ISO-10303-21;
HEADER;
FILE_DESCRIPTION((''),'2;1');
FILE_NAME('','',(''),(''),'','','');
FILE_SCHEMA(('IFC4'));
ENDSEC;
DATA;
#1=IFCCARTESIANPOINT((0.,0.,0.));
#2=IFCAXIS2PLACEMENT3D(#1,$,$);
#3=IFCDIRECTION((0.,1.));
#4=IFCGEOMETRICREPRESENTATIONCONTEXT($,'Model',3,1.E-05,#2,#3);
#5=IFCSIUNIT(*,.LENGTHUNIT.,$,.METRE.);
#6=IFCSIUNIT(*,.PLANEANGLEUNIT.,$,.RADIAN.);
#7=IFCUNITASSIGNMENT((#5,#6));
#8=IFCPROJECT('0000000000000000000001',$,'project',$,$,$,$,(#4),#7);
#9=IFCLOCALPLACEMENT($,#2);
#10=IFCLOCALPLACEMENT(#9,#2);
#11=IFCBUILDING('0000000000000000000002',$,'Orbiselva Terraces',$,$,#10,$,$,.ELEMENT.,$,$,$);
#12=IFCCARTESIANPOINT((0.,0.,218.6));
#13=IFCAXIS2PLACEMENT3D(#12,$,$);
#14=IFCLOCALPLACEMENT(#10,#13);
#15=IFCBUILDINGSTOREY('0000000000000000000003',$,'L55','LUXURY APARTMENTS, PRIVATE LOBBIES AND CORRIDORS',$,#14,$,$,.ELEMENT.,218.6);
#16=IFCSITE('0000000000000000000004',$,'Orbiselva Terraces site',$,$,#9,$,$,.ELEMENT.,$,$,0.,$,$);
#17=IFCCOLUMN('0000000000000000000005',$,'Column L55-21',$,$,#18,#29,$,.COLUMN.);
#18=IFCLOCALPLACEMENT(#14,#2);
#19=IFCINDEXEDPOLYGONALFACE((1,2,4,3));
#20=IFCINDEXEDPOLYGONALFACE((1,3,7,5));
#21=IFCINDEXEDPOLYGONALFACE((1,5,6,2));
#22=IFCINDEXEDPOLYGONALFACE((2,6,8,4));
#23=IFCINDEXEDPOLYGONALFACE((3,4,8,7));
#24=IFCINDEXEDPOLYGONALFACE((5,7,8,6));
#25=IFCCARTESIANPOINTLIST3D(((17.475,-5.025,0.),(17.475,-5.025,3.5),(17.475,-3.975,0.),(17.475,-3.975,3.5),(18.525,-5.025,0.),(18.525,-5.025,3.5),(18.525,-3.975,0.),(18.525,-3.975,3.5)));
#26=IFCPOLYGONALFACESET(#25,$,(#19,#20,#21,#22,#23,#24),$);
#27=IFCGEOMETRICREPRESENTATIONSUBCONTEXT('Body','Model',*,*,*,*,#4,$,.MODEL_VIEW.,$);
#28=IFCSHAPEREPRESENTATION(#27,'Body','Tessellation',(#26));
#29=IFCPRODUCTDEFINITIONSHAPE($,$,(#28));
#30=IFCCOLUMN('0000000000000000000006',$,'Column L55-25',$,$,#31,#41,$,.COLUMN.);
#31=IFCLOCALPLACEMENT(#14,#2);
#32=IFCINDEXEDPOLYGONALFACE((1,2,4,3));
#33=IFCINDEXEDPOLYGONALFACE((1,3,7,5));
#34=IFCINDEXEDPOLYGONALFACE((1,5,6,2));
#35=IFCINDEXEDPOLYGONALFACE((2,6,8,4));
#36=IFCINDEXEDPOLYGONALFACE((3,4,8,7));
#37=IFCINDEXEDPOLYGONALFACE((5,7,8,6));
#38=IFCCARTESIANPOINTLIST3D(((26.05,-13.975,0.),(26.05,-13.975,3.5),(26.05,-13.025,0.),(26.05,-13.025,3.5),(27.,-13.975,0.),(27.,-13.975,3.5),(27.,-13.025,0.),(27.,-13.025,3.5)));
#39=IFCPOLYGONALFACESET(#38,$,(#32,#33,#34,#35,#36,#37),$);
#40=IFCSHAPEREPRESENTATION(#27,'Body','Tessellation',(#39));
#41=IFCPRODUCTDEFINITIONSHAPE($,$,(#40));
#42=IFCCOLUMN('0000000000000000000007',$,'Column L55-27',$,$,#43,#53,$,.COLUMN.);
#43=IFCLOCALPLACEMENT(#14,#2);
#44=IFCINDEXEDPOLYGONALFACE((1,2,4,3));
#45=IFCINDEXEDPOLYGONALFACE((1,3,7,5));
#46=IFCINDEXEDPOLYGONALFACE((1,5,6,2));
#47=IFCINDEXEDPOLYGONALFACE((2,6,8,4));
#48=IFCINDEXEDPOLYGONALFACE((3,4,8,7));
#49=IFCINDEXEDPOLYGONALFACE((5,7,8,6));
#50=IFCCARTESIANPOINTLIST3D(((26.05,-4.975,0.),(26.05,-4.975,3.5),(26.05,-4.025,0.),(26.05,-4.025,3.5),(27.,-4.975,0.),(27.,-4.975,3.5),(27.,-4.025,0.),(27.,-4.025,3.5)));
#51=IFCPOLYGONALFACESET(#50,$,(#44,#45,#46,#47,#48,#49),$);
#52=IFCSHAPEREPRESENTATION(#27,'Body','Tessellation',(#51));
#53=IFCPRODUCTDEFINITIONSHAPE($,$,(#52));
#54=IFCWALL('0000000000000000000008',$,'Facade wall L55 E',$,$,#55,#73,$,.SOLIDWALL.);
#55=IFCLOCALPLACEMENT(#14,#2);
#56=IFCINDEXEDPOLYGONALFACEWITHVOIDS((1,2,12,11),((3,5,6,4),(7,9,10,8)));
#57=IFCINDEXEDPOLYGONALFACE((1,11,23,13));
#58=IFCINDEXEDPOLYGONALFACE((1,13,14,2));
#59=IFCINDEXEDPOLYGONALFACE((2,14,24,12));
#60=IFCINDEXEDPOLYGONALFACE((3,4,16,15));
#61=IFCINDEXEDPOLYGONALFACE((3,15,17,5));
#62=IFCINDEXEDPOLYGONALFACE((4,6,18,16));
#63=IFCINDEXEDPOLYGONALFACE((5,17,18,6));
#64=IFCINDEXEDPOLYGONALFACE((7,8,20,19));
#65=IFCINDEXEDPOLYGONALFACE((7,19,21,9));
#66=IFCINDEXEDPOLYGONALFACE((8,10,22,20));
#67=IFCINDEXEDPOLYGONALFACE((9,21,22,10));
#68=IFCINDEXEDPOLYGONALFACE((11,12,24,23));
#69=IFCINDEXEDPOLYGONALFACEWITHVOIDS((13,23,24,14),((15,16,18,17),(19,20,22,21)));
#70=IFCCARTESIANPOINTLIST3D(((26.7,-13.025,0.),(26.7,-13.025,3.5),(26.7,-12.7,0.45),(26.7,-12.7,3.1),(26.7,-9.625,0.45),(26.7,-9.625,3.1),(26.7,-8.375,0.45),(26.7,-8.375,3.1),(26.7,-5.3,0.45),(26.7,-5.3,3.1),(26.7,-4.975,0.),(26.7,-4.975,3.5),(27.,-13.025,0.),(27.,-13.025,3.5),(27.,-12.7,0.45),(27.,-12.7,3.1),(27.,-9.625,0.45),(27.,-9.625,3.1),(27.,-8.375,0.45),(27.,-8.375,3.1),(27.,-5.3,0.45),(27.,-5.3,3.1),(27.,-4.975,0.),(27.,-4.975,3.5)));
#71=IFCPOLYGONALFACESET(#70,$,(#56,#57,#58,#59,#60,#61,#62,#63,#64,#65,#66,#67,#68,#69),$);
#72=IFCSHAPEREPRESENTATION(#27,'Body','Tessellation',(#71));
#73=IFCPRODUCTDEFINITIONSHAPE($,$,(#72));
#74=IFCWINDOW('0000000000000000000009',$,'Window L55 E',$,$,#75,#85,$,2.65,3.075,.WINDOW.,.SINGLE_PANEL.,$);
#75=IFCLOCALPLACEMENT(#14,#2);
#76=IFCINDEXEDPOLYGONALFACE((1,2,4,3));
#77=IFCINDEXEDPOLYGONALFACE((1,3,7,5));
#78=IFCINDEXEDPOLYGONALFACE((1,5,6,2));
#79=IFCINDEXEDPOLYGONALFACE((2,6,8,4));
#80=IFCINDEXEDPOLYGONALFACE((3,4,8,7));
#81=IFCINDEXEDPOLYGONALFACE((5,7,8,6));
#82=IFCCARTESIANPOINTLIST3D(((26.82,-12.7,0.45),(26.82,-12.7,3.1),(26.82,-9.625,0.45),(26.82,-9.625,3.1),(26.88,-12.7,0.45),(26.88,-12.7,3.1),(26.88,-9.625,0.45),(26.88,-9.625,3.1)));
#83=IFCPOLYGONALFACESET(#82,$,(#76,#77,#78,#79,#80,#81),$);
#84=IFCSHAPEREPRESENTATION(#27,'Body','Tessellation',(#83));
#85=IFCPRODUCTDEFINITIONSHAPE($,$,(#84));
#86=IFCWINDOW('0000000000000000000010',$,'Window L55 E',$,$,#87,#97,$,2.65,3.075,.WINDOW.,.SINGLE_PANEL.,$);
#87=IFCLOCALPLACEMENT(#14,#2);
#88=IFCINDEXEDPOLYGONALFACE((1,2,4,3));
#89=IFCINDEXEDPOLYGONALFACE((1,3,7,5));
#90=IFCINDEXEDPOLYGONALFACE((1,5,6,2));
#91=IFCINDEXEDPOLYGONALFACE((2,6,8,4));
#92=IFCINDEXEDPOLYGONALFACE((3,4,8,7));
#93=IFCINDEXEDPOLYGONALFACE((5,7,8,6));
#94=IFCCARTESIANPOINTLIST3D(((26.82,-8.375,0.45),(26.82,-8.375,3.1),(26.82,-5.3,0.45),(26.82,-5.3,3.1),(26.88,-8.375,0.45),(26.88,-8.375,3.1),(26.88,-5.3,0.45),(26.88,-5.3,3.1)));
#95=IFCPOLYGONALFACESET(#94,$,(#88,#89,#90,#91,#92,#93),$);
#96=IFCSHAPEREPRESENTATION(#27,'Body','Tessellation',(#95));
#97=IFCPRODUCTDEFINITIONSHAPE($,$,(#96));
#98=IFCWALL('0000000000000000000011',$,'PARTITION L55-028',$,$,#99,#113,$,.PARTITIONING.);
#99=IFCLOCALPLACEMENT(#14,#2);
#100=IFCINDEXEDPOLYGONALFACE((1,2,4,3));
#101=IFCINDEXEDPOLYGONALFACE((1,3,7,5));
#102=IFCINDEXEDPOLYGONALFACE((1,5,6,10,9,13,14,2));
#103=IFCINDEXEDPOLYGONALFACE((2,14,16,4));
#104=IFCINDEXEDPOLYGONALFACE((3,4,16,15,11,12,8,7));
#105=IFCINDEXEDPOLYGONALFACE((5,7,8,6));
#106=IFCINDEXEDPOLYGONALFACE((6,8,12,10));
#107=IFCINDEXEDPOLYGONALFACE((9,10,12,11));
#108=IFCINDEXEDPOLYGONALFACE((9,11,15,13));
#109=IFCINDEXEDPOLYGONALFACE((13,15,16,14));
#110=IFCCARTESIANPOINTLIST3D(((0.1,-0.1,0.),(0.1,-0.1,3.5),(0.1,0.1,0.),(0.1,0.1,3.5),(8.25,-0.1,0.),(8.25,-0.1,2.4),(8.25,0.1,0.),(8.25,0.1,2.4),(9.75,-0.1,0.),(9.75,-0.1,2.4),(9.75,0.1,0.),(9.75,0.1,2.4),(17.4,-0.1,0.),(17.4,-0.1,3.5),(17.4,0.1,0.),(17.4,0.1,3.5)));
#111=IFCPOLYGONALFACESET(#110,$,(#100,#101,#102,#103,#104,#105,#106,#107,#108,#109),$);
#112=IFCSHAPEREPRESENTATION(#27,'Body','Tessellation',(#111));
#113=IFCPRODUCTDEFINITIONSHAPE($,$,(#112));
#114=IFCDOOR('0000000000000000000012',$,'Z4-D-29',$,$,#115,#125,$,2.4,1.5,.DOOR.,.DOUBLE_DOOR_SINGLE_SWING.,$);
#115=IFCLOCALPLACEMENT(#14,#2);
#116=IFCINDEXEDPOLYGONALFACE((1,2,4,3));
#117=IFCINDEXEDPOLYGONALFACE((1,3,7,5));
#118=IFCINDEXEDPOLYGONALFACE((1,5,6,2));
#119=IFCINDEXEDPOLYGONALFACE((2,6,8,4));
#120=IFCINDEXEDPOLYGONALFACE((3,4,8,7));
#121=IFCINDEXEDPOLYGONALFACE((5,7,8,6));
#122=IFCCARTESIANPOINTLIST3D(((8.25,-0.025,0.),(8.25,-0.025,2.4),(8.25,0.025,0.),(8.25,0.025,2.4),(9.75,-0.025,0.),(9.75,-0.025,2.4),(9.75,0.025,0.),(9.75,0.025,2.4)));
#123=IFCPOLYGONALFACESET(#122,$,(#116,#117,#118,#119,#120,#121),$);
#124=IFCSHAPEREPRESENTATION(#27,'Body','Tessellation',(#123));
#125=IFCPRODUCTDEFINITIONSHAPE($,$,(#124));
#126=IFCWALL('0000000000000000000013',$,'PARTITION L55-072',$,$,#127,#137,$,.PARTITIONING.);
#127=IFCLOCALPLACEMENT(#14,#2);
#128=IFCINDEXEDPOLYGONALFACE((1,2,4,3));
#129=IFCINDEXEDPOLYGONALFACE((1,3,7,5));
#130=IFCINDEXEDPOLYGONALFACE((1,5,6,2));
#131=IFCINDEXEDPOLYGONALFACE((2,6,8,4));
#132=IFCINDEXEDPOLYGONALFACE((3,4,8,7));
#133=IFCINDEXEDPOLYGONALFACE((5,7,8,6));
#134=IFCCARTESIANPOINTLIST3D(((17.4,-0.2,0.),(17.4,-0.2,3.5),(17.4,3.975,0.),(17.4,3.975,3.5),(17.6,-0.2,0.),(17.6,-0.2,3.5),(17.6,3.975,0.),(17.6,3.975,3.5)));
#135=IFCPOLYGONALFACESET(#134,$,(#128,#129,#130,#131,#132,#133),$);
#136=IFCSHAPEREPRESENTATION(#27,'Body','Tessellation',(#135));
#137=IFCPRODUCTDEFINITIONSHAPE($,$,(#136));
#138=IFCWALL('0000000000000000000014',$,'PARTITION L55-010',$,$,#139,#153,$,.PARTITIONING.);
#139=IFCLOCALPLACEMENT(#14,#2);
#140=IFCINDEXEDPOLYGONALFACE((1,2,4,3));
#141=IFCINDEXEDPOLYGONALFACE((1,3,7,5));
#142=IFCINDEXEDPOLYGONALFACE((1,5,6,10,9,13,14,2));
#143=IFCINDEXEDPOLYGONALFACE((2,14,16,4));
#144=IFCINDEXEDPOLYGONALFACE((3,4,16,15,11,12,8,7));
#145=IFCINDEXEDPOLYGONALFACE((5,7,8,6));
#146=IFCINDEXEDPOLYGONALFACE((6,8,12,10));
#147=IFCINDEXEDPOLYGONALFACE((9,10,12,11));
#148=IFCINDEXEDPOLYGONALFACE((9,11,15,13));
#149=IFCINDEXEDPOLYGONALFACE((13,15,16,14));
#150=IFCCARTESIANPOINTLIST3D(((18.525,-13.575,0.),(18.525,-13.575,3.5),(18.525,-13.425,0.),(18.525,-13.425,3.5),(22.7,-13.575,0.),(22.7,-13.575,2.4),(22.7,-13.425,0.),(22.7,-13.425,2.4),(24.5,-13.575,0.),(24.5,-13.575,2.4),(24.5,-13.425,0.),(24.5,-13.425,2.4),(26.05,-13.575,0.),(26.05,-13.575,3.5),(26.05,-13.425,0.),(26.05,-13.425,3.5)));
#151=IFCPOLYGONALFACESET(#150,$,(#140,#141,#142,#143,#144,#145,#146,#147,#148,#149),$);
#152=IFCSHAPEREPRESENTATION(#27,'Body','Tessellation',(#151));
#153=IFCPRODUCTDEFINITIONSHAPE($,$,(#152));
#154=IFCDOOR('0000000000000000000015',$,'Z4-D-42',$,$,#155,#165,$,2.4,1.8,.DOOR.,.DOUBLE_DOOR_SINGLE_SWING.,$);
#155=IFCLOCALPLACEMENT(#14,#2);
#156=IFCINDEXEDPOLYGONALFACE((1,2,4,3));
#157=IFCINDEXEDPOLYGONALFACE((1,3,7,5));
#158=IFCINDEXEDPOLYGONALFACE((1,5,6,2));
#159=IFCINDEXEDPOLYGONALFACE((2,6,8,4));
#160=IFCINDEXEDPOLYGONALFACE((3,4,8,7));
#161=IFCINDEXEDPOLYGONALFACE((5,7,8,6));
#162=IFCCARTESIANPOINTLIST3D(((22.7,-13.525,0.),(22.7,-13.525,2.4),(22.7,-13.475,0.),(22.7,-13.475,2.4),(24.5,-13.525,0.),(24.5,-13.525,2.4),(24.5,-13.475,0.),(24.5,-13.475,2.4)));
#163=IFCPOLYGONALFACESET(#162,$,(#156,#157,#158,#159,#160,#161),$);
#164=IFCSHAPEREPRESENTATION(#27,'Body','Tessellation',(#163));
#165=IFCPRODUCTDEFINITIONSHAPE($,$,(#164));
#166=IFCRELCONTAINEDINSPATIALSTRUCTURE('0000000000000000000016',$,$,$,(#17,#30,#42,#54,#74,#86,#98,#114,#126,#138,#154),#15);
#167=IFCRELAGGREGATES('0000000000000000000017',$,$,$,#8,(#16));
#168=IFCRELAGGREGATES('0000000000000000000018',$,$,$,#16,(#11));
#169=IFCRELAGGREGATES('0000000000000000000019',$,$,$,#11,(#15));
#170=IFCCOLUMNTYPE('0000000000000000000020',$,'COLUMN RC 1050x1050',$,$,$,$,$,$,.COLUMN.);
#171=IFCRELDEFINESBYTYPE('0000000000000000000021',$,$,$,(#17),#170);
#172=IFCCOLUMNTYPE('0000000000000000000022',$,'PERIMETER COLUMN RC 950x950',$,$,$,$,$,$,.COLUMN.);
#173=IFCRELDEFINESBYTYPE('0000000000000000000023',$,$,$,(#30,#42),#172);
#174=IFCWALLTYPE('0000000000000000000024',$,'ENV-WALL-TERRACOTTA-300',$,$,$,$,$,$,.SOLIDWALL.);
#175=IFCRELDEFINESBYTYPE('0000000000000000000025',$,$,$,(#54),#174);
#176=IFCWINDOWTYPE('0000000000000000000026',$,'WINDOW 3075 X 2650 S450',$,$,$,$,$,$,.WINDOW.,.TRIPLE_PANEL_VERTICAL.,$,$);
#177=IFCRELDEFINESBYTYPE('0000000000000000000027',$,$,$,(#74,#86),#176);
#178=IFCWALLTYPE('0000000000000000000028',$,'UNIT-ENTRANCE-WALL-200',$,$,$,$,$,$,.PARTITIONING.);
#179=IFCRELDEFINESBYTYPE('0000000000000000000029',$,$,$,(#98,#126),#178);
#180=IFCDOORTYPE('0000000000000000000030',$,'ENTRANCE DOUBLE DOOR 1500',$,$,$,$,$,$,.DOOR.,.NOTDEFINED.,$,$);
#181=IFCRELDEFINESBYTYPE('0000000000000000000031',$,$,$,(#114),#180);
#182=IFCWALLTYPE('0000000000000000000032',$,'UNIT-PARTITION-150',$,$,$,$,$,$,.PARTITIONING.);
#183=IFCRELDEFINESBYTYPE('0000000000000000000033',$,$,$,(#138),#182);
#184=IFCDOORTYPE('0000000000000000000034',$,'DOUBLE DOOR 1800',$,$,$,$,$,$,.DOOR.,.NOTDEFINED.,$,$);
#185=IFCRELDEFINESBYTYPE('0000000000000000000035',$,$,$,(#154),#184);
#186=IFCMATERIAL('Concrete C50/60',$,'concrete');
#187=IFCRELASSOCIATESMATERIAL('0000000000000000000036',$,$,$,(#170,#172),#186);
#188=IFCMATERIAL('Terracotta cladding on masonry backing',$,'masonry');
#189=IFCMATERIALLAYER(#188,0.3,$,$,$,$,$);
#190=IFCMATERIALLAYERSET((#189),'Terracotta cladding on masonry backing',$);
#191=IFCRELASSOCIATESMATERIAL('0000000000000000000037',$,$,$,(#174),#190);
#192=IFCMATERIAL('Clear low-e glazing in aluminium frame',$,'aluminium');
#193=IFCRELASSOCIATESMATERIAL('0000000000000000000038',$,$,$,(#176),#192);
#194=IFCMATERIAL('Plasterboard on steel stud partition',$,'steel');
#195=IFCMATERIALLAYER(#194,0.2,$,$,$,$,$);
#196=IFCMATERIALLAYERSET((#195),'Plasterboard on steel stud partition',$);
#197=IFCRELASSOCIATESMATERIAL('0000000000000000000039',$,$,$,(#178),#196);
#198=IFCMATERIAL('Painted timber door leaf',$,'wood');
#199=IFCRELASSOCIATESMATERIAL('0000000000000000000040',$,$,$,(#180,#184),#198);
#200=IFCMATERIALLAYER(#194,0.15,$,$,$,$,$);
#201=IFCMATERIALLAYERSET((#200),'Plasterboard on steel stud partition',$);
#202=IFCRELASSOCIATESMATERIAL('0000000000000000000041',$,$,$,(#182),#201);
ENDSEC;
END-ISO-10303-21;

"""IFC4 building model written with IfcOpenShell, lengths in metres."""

from ifc_helpers import new_model, si_unit, direction, frame, frame_2d, origin, origin_2d, place, context, subcontext, project, spatial, rectangle, extrude, material, layer, layer_set, material_profile, profile_set, type_object, element, fill, save


model = new_model("IFC4")

# Units and contexts
model_context = context("Model", 3, precision=1e-05, world=origin(), true_north=direction((0.0, 1.0)))
body_context = subcontext(model_context, "Body", "Model", "MODEL_VIEW")
ifc_project = project(units=[si_unit("LENGTHUNIT", "METRE"), si_unit("PLANEANGLEUNIT", "RADIAN")], contexts=[model_context])

# Site, building, storey
site_placement = place(None, origin())
site = spatial("IfcSite", under=ifc_project, at=site_placement, Name="Orbiselva Terraces site", CompositionType="ELEMENT", RefElevation=0.0)
building_placement = place(site_placement, origin())
building = spatial("IfcBuilding", under=site, at=building_placement, Name="Orbiselva Terraces", CompositionType="ELEMENT")
storey_placement = place(building_placement, frame((0.0, 0.0, 218.6)))
storey = spatial("IfcBuildingStorey", under=building, at=storey_placement, Name="L55", Description="LUXURY APARTMENTS, PRIVATE LOBBIES AND CORRIDORS", CompositionType="ELEMENT", Elevation=218.6)

# Columns
ifc_material_1 = material(Name="Concrete C50/60", Category="concrete")
ifc_material_profile_1 = material_profile(ifc_material_1, rectangle(XDim=1.05, YDim=1.05, at=origin_2d()), Name="RC 1050x1050")
ifc_profile_set_1 = profile_set([ifc_material_profile_1], Name="Concrete C50/60")
column_type_1 = type_object("IfcColumnType", Name="COLUMN RC 1050x1050", PredefinedType="COLUMN", material=ifc_profile_set_1)
column_placement = place(storey_placement, frame((18.0, -4.5, 0.0), z_axis=(0.0, 0.0, 1.0), x_axis=(1.0, 0.0, 0.0)))
element("IfcColumn", 1, at=column_placement, inside=storey, type_object=column_type_1, Name="Column L55-21", PredefinedType="COLUMN", context=body_context, shape_type="SweptSolid", body=[
    extrude(rectangle(XDim=1.05, YDim=1.05, at=origin_2d()), origin(), (0.0, 0.0, 1.0), 3.5),
])
ifc_material_profile_2 = material_profile(ifc_material_1, rectangle(XDim=0.95, YDim=0.95, at=origin_2d()), Name="RC 950x950")
ifc_profile_set_2 = profile_set([ifc_material_profile_2], Name="Concrete C50/60")
column_type_2 = type_object("IfcColumnType", Name="PERIMETER COLUMN RC 950x950", PredefinedType="COLUMN", material=ifc_profile_set_2)
for number, where, z_axis, x_axis, name in (
    (2, (26.525, -13.5, 0.0), (0.0, 0.0, 1.0), (1.0, 0.0, 0.0), "Column L55-25"),
    (3, (26.525, -4.5, 0.0), (0.0, 0.0, 1.0), (1.0, 0.0, 0.0), "Column L55-27"),
):
    element("IfcColumn", number, at=place(storey_placement, frame(where, z_axis=z_axis, x_axis=x_axis)), inside=storey, type_object=column_type_2, Name=name, PredefinedType="COLUMN", context=body_context, shape_type="SweptSolid", body=[
        extrude(rectangle(XDim=0.95, YDim=0.95, at=origin_2d()), origin(), (0.0, 0.0, 1.0), 3.5),
    ])

# Wall, openings, windows
ifc_material_2 = material(Name="Terracotta cladding on masonry backing", Category="masonry")
ifc_layer_1 = layer(ifc_material_2, 0.3)
ifc_layer_set_1 = layer_set([ifc_layer_1], Name="Terracotta cladding on masonry backing")
wall_type_1 = type_object("IfcWallType", Name="ENV-WALL-TERRACOTTA-300", PredefinedType="SOLIDWALL", material=ifc_layer_set_1)
wall_1_placement = place(storey_placement, frame((26.85, -4.975, 0.0), z_axis=(0.0, 0.0, 1.0), x_axis=(0.0, -1.0, 0.0)))
wall_1 = element("IfcWall", 4, at=wall_1_placement, inside=storey, type_object=wall_type_1, Name="Facade wall L55 E", PredefinedType="SOLIDWALL", context=body_context, shape_type="SweptSolid", body=[
    extrude(rectangle(XDim=8.05, YDim=0.3, at=frame_2d((4.025, 0.0))), origin(), (0.0, 0.0, 1.0), 3.5),
])
opening_1_placement = place(wall_1_placement, frame((4.65, 0.0, 0.45)))
opening_1 = element("IfcOpeningElement", 5, at=opening_1_placement, cuts=wall_1, PredefinedType="OPENING", context=body_context, shape_type="SweptSolid", body=[
    extrude(rectangle(XDim=3.075, YDim=2.65, at=frame_2d((1.5375, 1.325))), frame((0.0, 0.16, 0.0), z_axis=(0.0, -1.0, 0.0), x_axis=(1.0, 0.0, 0.0)), (0.0, 0.0, 1.0), 0.32),
])
opening_2_placement = place(wall_1_placement, frame((0.325, 0.0, 0.45)))
opening_2 = element("IfcOpeningElement", 6, at=opening_2_placement, cuts=wall_1, PredefinedType="OPENING", context=body_context, shape_type="SweptSolid", body=[
    extrude(rectangle(XDim=3.075, YDim=2.65, at=frame_2d((1.5375, 1.325))), frame((0.0, 0.16, 0.0), z_axis=(0.0, -1.0, 0.0), x_axis=(1.0, 0.0, 0.0)), (0.0, 0.0, 1.0), 0.32),
])
ifc_material_3 = material(Name="Clear low-e glazing in aluminium frame", Category="aluminium")
window_type = type_object("IfcWindowType", Name="WINDOW 3075 X 2650 S450", PartitioningType="TRIPLE_PANEL_VERTICAL", PredefinedType="WINDOW", material=ifc_material_3)
window_1_placement = place(opening_1_placement, origin())
window_1 = element("IfcWindow", 7, at=window_1_placement, inside=storey, type_object=window_type, Name="Window L55 E", OverallHeight=2.65, OverallWidth=3.075, PartitioningType="SINGLE_PANEL", PredefinedType="WINDOW", context=body_context, shape_type="SweptSolid", body=[
    extrude(rectangle(XDim=3.075, YDim=2.65, at=frame_2d((1.5375, 1.325))), frame((0.0, 0.03, 0.0), z_axis=(0.0, -1.0, 0.0), x_axis=(1.0, 0.0, 0.0)), (0.0, 0.0, 1.0), 0.06),
])
fill(opening_1, window_1)
window_2_placement = place(opening_2_placement, origin())
window_2 = element("IfcWindow", 8, at=window_2_placement, inside=storey, type_object=window_type, Name="Window L55 E", OverallHeight=2.65, OverallWidth=3.075, PartitioningType="SINGLE_PANEL", PredefinedType="WINDOW", context=body_context, shape_type="SweptSolid", body=[
    extrude(rectangle(XDim=3.075, YDim=2.65, at=frame_2d((1.5375, 1.325))), frame((0.0, 0.03, 0.0), z_axis=(0.0, -1.0, 0.0), x_axis=(1.0, 0.0, 0.0)), (0.0, 0.0, 1.0), 0.06),
])
fill(opening_2, window_2)

# Wall, opening, door
ifc_material_4 = material(Name="Plasterboard on steel stud partition", Category="steel")
ifc_layer_2 = layer(ifc_material_4, 0.2)
ifc_layer_set_2 = layer_set([ifc_layer_2], Name="Plasterboard on steel stud partition")
wall_type_2 = type_object("IfcWallType", Name="UNIT-ENTRANCE-WALL-200", PredefinedType="PARTITIONING", material=ifc_layer_set_2)
wall_2_placement = place(storey_placement, frame((17.4, 0.0, 0.0), z_axis=(0.0, 0.0, 1.0), x_axis=(-1.0, 0.0, 0.0)))
wall_2 = element("IfcWall", 9, at=wall_2_placement, inside=storey, type_object=wall_type_2, Name="PARTITION L55-028", PredefinedType="PARTITIONING", context=body_context, shape_type="SweptSolid", body=[
    extrude(rectangle(XDim=17.3, YDim=0.2, at=frame_2d((8.65, 0.0))), origin(), (0.0, 0.0, 1.0), 3.5),
])
opening_3_placement = place(wall_2_placement, frame((7.65, 0.0, 0.0)))
opening_3 = element("IfcOpeningElement", 10, at=opening_3_placement, cuts=wall_2, PredefinedType="OPENING", context=body_context, shape_type="SweptSolid", body=[
    extrude(rectangle(XDim=1.5, YDim=2.4, at=frame_2d((0.75, 1.2))), frame((0.0, 0.11, 0.0), z_axis=(0.0, -1.0, 0.0), x_axis=(1.0, 0.0, 0.0)), (0.0, 0.0, 1.0), 0.22),
])
ifc_material_5 = material(Name="Painted timber door leaf", Category="wood")
door_type_1 = type_object("IfcDoorType", Name="ENTRANCE DOUBLE DOOR 1500", OperationType="NOTDEFINED", PredefinedType="DOOR", material=ifc_material_5)
door_1_placement = place(opening_3_placement, origin())
door_1 = element("IfcDoor", 11, at=door_1_placement, inside=storey, type_object=door_type_1, Name="Z4-D-29", OperationType="DOUBLE_DOOR_SINGLE_SWING", OverallHeight=2.4, OverallWidth=1.5, PredefinedType="DOOR", context=body_context, shape_type="SweptSolid", body=[
    extrude(rectangle(XDim=1.5, YDim=2.4, at=frame_2d((0.75, 1.2))), frame((0.0, 0.025, 0.0), z_axis=(0.0, -1.0, 0.0), x_axis=(1.0, 0.0, 0.0)), (0.0, 0.0, 1.0), 0.05),
])
fill(opening_3, door_1)

# Wall
wall_3_placement = place(storey_placement, frame((17.5, -0.2, 0.0), z_axis=(0.0, 0.0, 1.0), x_axis=(0.0, 1.0, 0.0)))
element("IfcWall", 12, at=wall_3_placement, inside=storey, type_object=wall_type_2, Name="PARTITION L55-072", PredefinedType="PARTITIONING", context=body_context, shape_type="SweptSolid", body=[
    extrude(rectangle(XDim=4.175, YDim=0.2, at=frame_2d((2.0875, 0.0))), origin(), (0.0, 0.0, 1.0), 3.5),
])

# Wall, opening, door
ifc_layer_3 = layer(ifc_material_4, 0.15)
ifc_layer_set_3 = layer_set([ifc_layer_3], Name="Plasterboard on steel stud partition")
wall_type_3 = type_object("IfcWallType", Name="UNIT-PARTITION-150", PredefinedType="PARTITIONING", material=ifc_layer_set_3)
wall_4_placement = place(storey_placement, frame((26.05, -13.5, 0.0), z_axis=(0.0, 0.0, 1.0), x_axis=(-1.0, 0.0, 0.0)))
wall_4 = element("IfcWall", 13, at=wall_4_placement, inside=storey, type_object=wall_type_3, Name="PARTITION L55-010", PredefinedType="PARTITIONING", context=body_context, shape_type="SweptSolid", body=[
    extrude(rectangle(XDim=7.525, YDim=0.15, at=frame_2d((3.7625, 0.0))), origin(), (0.0, 0.0, 1.0), 3.5),
])
opening_4_placement = place(wall_4_placement, frame((1.55, 0.0, 0.0)))
opening_4 = element("IfcOpeningElement", 14, at=opening_4_placement, cuts=wall_4, PredefinedType="OPENING", context=body_context, shape_type="SweptSolid", body=[
    extrude(rectangle(XDim=1.8, YDim=2.4, at=frame_2d((0.9, 1.2))), frame((0.0, 0.085, 0.0), z_axis=(0.0, -1.0, 0.0), x_axis=(1.0, 0.0, 0.0)), (0.0, 0.0, 1.0), 0.17),
])
door_type_2 = type_object("IfcDoorType", Name="DOUBLE DOOR 1800", OperationType="NOTDEFINED", PredefinedType="DOOR", material=ifc_material_5)
door_2_placement = place(opening_4_placement, origin())
door_2 = element("IfcDoor", 15, at=door_2_placement, inside=storey, type_object=door_type_2, Name="Z4-D-42", OperationType="DOUBLE_DOOR_SINGLE_SWING", OverallHeight=2.4, OverallWidth=1.8, PredefinedType="DOOR", context=body_context, shape_type="SweptSolid", body=[
    extrude(rectangle(XDim=1.8, YDim=2.4, at=frame_2d((0.9, 1.2))), frame((0.0, 0.025, 0.0), z_axis=(0.0, -1.0, 0.0), x_axis=(1.0, 0.0, 0.0)), (0.0, 0.0, 1.0), 0.05),
])
fill(opening_4, door_2)

save(model, "model.ifc")
